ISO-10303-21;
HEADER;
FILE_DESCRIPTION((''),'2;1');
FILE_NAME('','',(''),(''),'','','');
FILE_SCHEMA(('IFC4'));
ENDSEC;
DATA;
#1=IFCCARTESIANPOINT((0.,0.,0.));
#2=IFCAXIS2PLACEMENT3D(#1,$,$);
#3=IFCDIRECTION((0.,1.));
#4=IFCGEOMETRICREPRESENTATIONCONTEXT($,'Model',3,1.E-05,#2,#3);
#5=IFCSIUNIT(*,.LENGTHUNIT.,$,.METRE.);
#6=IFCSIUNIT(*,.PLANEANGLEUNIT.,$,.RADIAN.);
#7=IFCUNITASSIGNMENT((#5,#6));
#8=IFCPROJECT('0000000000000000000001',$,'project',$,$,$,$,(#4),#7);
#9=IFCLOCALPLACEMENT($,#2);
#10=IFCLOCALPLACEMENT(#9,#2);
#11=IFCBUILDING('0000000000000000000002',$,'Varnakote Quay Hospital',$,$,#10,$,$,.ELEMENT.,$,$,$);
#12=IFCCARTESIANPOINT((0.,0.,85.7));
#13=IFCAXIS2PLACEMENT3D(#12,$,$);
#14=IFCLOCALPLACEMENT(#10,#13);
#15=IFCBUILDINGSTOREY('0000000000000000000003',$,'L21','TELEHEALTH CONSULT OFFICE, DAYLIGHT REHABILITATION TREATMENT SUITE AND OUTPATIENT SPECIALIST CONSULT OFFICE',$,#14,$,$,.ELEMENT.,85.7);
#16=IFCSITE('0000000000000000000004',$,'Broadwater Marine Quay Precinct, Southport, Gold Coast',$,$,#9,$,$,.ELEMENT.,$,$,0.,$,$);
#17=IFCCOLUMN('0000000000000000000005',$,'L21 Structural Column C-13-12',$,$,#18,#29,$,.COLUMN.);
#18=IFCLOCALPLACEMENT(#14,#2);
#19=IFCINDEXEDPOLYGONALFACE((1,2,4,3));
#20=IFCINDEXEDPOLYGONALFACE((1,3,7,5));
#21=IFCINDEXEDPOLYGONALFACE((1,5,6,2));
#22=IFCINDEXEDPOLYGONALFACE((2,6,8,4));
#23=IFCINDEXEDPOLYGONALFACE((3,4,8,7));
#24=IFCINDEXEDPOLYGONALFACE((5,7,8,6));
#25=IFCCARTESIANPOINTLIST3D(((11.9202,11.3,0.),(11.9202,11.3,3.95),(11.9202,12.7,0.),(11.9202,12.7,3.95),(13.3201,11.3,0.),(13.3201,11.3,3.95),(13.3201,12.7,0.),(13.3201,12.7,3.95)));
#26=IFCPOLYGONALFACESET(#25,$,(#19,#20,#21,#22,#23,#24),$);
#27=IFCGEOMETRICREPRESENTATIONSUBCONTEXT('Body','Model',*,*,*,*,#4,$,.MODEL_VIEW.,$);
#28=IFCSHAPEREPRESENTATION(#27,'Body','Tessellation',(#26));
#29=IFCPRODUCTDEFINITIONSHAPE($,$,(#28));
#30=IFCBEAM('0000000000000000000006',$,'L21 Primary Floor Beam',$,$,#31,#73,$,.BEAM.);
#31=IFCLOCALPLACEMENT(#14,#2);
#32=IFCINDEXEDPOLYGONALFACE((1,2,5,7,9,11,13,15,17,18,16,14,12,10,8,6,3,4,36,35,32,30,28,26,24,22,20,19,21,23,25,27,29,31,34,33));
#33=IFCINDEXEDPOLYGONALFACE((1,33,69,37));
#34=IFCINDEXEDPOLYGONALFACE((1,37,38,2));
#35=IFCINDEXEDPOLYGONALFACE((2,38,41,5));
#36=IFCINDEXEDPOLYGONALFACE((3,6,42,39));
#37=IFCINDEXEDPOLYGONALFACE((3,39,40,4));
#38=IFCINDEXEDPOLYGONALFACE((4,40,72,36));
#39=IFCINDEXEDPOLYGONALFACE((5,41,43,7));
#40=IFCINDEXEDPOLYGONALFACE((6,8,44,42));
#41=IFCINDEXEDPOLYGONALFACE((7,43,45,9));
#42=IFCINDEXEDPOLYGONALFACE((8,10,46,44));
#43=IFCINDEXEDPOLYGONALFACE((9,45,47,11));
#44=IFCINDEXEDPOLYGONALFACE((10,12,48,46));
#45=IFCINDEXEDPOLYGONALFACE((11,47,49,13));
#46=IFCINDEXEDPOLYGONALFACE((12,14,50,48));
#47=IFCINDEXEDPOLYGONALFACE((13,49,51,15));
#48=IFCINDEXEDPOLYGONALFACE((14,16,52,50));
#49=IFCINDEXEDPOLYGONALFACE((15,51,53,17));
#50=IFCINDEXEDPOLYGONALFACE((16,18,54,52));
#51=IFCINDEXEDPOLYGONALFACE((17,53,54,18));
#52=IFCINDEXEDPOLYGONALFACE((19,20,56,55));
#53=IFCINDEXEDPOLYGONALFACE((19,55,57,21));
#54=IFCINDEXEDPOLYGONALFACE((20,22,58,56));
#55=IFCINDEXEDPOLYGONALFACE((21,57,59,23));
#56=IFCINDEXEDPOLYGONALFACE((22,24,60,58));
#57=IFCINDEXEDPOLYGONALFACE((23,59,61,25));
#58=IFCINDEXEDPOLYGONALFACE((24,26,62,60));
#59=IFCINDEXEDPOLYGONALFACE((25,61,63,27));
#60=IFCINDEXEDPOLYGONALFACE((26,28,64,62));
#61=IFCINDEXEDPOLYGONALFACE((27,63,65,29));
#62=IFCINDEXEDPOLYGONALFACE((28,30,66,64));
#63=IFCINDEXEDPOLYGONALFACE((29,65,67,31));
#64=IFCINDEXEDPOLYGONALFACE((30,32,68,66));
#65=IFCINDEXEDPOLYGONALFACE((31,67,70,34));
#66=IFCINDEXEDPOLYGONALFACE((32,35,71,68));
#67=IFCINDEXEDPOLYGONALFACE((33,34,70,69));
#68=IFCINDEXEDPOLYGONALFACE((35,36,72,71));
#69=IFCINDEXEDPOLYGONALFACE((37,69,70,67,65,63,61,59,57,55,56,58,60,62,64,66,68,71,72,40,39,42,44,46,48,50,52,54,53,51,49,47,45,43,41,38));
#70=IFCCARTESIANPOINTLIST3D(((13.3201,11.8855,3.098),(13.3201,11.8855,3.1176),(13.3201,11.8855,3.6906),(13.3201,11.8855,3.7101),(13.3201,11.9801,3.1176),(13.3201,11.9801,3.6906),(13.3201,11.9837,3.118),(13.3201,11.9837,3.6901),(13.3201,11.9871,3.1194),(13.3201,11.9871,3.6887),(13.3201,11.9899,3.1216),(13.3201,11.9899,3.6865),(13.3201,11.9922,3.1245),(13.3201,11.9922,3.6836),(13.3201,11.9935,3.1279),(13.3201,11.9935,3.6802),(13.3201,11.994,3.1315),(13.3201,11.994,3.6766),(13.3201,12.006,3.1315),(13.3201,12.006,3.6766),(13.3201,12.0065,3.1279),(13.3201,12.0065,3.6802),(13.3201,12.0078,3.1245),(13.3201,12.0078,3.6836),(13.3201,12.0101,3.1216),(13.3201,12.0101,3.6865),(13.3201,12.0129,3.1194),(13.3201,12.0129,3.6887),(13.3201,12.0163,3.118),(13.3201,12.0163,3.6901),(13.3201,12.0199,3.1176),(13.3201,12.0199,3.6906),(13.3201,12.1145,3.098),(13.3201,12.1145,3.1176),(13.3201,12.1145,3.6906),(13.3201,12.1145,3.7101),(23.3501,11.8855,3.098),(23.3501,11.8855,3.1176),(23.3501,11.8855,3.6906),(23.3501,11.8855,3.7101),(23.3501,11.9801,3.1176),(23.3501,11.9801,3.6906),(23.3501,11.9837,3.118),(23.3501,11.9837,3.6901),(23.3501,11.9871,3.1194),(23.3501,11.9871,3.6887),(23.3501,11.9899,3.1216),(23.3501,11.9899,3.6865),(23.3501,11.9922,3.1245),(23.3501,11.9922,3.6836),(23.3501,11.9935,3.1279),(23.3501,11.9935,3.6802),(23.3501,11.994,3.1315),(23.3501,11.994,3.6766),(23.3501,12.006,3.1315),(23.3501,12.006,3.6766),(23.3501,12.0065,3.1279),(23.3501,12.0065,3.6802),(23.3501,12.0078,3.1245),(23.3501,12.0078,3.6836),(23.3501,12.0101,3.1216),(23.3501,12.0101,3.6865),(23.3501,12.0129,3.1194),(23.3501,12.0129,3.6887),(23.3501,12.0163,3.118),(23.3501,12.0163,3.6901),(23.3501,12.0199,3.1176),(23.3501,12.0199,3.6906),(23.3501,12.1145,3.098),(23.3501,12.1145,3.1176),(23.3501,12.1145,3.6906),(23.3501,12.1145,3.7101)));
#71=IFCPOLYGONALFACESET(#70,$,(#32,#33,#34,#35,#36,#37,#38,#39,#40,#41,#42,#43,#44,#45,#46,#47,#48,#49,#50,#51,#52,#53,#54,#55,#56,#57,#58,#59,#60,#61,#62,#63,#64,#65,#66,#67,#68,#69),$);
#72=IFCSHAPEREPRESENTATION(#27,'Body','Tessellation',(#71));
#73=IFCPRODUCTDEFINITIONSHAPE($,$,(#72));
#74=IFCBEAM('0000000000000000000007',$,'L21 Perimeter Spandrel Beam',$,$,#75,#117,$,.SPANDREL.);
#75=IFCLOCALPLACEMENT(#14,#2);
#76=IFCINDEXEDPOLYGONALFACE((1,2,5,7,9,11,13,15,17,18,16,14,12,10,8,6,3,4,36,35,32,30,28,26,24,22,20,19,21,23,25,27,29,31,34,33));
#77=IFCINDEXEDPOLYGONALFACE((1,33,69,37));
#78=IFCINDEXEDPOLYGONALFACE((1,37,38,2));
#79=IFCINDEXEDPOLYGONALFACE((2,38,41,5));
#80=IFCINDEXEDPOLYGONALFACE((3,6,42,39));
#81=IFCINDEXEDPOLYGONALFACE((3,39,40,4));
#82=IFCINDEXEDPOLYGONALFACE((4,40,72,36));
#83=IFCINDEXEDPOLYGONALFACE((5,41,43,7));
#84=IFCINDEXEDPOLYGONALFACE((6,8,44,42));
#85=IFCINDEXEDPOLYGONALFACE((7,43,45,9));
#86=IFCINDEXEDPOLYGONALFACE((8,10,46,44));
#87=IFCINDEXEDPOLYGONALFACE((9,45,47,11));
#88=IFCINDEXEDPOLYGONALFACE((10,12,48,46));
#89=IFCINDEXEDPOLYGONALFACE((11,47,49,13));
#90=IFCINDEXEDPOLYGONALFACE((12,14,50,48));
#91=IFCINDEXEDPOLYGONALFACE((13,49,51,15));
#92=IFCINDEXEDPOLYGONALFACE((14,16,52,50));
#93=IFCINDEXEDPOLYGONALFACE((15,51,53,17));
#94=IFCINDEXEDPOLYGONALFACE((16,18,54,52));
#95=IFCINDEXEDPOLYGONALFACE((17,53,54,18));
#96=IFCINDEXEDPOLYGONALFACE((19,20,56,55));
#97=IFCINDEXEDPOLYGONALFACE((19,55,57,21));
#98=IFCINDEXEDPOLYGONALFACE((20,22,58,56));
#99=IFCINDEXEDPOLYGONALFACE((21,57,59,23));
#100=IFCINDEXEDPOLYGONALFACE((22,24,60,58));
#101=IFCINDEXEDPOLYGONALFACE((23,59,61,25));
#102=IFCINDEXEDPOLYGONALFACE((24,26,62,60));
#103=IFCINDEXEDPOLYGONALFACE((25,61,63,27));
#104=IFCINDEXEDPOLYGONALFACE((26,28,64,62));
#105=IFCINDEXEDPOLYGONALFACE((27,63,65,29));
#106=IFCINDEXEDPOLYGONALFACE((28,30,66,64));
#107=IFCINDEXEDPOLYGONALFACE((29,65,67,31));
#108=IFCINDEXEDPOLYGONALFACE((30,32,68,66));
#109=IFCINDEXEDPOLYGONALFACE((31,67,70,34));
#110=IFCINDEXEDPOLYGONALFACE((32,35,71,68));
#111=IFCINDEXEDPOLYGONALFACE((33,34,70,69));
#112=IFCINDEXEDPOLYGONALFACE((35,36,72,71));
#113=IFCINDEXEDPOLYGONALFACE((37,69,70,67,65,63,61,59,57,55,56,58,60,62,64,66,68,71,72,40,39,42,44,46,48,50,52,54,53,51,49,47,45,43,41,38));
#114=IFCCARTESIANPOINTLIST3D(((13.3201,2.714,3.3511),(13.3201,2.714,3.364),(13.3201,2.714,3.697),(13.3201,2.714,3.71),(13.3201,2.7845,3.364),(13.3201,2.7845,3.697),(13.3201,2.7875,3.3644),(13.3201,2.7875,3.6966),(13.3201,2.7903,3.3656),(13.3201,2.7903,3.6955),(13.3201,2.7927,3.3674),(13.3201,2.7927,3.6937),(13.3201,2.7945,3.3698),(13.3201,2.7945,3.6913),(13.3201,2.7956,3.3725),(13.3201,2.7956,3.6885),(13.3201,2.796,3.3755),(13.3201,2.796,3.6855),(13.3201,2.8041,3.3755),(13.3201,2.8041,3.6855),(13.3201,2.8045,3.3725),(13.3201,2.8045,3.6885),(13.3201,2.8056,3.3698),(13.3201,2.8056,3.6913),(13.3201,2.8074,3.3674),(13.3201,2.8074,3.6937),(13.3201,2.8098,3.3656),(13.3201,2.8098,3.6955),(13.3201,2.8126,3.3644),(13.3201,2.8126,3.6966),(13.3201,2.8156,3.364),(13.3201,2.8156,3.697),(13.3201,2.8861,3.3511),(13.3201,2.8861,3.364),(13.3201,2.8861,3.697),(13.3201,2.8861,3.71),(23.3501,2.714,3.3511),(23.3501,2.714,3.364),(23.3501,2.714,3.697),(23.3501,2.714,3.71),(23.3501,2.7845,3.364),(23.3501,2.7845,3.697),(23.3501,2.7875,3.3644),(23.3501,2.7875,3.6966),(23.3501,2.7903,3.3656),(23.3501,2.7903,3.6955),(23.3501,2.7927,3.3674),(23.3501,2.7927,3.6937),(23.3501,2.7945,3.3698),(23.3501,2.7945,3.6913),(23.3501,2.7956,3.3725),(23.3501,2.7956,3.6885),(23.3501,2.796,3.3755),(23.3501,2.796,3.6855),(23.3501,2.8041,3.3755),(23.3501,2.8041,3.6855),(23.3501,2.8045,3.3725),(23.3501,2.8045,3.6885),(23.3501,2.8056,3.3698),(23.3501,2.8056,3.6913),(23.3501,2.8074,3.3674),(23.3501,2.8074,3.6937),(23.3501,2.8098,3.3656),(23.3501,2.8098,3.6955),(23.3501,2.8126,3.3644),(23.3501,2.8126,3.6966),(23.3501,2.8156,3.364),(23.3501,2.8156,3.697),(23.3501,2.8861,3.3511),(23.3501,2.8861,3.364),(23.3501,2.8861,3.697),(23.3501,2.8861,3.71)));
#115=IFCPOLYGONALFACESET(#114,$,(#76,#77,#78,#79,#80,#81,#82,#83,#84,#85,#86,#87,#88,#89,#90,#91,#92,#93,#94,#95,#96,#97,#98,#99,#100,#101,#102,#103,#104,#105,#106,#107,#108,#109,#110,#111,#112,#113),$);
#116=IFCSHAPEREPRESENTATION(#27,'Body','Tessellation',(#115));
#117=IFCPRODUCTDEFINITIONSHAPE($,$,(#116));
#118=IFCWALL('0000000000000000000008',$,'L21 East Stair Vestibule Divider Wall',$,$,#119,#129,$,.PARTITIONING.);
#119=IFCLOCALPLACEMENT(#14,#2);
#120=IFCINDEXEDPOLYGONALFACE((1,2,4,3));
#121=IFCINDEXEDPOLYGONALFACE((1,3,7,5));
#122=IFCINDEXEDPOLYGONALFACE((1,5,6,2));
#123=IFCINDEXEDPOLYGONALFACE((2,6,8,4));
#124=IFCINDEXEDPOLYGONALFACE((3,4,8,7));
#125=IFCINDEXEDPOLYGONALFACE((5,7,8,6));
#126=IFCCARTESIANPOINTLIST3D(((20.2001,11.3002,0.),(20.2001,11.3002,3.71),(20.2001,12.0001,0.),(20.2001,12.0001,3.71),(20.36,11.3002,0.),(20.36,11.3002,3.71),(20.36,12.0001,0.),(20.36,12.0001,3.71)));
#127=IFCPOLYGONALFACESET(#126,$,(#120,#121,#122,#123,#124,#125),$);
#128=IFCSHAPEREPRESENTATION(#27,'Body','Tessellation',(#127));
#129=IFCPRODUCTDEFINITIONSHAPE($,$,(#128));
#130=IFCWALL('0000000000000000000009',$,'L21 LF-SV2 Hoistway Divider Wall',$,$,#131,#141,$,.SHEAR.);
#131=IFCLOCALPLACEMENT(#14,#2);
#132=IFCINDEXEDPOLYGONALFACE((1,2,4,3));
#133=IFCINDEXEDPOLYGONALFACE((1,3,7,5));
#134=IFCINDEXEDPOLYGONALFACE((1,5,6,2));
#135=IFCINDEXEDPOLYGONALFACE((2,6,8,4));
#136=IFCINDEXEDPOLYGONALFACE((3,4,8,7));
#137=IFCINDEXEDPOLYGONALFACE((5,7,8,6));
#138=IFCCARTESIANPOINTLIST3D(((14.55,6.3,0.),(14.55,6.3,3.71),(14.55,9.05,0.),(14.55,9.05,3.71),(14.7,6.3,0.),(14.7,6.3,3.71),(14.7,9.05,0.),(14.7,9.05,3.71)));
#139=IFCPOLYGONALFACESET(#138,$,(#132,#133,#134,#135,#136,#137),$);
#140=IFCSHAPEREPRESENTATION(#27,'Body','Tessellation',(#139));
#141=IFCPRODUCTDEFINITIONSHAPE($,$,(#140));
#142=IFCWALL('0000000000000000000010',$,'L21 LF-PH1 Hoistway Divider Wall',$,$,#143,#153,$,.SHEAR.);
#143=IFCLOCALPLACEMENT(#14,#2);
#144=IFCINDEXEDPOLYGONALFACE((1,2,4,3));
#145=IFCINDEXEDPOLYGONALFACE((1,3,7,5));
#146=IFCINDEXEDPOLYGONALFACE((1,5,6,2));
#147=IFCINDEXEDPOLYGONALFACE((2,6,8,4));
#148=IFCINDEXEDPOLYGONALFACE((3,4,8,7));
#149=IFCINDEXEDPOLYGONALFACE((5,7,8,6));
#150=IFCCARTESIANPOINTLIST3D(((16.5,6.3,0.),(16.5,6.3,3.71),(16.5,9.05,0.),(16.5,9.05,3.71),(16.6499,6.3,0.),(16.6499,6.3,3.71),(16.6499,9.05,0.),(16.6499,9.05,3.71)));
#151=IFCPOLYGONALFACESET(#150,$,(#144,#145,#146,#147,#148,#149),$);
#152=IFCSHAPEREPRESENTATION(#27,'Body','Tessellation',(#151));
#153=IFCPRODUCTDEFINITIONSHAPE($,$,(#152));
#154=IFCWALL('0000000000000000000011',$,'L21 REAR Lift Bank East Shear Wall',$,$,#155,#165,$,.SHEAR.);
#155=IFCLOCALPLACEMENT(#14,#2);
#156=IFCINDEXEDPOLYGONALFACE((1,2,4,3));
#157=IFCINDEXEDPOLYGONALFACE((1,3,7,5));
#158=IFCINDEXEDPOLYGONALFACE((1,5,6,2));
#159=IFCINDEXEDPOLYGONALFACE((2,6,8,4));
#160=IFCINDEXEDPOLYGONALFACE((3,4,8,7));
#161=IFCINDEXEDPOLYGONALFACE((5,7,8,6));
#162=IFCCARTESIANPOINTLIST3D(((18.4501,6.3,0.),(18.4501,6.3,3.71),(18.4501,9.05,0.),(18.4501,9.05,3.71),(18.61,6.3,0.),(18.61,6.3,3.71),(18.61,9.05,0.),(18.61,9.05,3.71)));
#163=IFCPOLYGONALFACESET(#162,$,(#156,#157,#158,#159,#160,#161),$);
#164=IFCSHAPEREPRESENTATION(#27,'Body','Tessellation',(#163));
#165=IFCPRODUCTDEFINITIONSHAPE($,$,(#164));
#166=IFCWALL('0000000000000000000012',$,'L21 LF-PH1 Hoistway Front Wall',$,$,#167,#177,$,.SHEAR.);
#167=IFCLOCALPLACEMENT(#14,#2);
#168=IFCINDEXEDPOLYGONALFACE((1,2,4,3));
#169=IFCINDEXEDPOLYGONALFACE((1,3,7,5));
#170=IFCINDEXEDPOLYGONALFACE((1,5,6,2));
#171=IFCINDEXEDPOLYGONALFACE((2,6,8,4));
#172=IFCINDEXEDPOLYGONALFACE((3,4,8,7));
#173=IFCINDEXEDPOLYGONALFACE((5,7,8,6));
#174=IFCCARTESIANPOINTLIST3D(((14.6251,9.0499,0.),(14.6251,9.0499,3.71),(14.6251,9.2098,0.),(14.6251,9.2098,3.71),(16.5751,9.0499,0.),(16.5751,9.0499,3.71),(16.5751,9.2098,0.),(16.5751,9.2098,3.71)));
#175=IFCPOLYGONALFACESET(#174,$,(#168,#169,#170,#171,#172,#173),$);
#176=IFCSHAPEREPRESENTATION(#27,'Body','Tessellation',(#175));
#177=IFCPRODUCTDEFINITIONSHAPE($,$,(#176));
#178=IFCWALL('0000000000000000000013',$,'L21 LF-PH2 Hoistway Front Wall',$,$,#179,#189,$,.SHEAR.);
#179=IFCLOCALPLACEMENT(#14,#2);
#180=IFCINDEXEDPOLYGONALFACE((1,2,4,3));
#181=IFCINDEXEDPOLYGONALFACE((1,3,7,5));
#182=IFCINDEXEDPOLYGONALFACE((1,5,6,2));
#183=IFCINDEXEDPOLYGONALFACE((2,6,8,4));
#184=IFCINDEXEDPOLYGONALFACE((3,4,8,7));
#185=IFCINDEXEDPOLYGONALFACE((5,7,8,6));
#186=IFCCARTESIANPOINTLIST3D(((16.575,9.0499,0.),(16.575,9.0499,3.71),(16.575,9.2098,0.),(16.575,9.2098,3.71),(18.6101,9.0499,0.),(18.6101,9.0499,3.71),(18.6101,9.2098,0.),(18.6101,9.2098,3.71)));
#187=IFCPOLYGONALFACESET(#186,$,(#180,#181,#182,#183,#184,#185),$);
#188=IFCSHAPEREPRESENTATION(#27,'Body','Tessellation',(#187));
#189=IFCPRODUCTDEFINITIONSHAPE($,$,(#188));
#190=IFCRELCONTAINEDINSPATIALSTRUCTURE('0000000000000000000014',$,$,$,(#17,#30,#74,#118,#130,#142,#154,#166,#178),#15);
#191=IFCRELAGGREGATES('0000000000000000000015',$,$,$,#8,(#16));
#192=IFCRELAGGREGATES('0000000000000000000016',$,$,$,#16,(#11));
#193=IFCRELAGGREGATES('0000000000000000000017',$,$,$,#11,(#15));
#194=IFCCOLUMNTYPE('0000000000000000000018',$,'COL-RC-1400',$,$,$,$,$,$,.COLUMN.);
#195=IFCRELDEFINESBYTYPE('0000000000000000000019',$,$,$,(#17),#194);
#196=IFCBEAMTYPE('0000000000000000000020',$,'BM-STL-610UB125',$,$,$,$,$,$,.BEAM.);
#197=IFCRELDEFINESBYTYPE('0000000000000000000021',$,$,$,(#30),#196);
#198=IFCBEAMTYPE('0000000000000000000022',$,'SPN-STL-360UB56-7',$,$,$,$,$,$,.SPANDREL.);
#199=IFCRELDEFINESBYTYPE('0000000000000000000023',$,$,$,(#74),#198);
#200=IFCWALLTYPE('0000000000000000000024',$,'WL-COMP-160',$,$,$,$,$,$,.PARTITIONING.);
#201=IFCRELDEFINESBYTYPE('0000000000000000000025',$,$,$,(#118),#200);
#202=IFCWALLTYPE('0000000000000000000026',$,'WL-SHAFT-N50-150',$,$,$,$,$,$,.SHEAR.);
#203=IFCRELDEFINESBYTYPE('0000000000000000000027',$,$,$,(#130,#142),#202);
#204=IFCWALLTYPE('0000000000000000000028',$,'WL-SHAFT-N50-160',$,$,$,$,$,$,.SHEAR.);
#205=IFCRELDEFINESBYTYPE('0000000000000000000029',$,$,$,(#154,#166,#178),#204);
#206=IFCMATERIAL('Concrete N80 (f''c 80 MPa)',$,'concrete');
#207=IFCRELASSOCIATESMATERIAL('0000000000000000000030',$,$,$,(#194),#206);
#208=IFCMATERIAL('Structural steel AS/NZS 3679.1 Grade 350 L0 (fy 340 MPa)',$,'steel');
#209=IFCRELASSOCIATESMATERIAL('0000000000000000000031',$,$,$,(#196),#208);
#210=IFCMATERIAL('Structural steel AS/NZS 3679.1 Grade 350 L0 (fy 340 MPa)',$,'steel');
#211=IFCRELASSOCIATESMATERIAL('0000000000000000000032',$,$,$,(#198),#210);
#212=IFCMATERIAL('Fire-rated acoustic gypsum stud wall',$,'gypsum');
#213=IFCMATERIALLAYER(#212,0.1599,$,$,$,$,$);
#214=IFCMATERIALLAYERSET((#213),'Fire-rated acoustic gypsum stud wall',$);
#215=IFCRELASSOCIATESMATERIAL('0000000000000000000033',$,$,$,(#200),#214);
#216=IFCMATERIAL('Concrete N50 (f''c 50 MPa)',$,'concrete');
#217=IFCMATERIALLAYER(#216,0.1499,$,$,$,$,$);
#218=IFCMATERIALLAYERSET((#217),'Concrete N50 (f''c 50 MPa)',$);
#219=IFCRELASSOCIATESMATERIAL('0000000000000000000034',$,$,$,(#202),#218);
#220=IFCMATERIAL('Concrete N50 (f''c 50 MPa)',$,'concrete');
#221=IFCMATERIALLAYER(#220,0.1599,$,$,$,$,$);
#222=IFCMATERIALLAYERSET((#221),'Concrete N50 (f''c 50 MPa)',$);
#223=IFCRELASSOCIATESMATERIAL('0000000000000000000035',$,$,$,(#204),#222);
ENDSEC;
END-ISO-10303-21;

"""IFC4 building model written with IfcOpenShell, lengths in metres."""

from ifc_helpers import new_model, si_unit, direction, frame, frame_2d, origin, origin_2d, place, context, subcontext, project, spatial, rectangle, i_section, extrude, material, layer, layer_set, material_profile, profile_set, type_object, element, save


model = new_model("IFC4")

# Units and contexts
model_context = context("Model", 3, precision=1e-05, world=origin(), true_north=direction((0.0, 1.0)))
body_context = subcontext(model_context, "Body", "Model", "MODEL_VIEW")
ifc_project = project(units=[si_unit("LENGTHUNIT", "METRE"), si_unit("PLANEANGLEUNIT", "RADIAN")], contexts=[model_context])

# Site, building, storey
site_placement = place(None, origin())
site = spatial("IfcSite", under=ifc_project, at=site_placement, Name="Broadwater Marine Quay Precinct, Southport, Gold Coast", CompositionType="ELEMENT", RefElevation=0.0)
building_placement = place(site_placement, origin())
building = spatial("IfcBuilding", under=site, at=building_placement, Name="Varnakote Quay Hospital", CompositionType="ELEMENT")
storey_placement = place(building_placement, frame((0.0, 0.0, 85.7)))
storey = spatial("IfcBuildingStorey", under=building, at=storey_placement, Name="L21", Description="TELEHEALTH CONSULT OFFICE, DAYLIGHT REHABILITATION TREATMENT SUITE AND OUTPATIENT SPECIALIST CONSULT OFFICE", CompositionType="ELEMENT", Elevation=85.7)

# Column
ifc_material_1 = material(Name="Concrete N80 (f'c 80 MPa)", Category="concrete")
ifc_material_profile_1 = material_profile(ifc_material_1, rectangle(XDim=1.3999, YDim=1.3999, at=origin_2d()), Name="RC-COL-1400x1400")
ifc_profile_set_1 = profile_set([ifc_material_profile_1], Name="Concrete N80 (f'c 80 MPa)")
column_type = type_object("IfcColumnType", Name="COL-RC-1400", PredefinedType="COLUMN", material=ifc_profile_set_1)
column_placement = place(storey_placement, frame((12.6201, 12.0, 0.0), z_axis=(0.0, 0.0, 1.0), x_axis=(1.0, 0.0, 0.0)))
element("IfcColumn", 1, at=column_placement, inside=storey, type_object=column_type, Name="L21 Structural Column C-13-12", PredefinedType="COLUMN", context=body_context, shape_type="SweptSolid", body=[
    extrude(rectangle(XDim=1.3999, YDim=1.3999, at=origin_2d()), origin(), (0.0, 0.0, 1.0), 3.95),
])

# Beams
ifc_material_2 = material(Name="Structural steel AS/NZS 3679.1 Grade 350 L0 (fy 340 MPa)", Category="steel")
ifc_material_profile_2 = material_profile(ifc_material_2, i_section(OverallWidth=0.229, OverallDepth=0.6121, WebThickness=0.012, FlangeThickness=0.0195, FilletRadius=0.0139, at=origin_2d()), Name="610UB125")
ifc_profile_set_2 = profile_set([ifc_material_profile_2], Name="Structural steel AS/NZS 3679.1 Grade 350 L0 (fy 340 MPa)")
beam_type_1 = type_object("IfcBeamType", Name="BM-STL-610UB125", PredefinedType="BEAM", material=ifc_profile_set_2)
beam_1_placement = place(storey_placement, frame((13.3201, 12.0, 3.4041), z_axis=(1.0, 0.0, 0.0), x_axis=(0.0, 1.0, 0.0)))
element("IfcBeam", 2, at=beam_1_placement, inside=storey, type_object=beam_type_1, Name="L21 Primary Floor Beam", PredefinedType="BEAM", context=body_context, shape_type="SweptSolid", body=[
    extrude(i_section(OverallWidth=0.229, OverallDepth=0.6121, WebThickness=0.012, FlangeThickness=0.0195, FilletRadius=0.0139, at=origin_2d()), origin(), (0.0, 0.0, 1.0), 10.03),
])
ifc_material_3 = material(Name="Structural steel AS/NZS 3679.1 Grade 350 L0 (fy 340 MPa)", Category="steel")
ifc_material_profile_3 = material_profile(ifc_material_3, i_section(OverallWidth=0.1721, OverallDepth=0.3589, WebThickness=0.0081, FlangeThickness=0.0129, FilletRadius=0.0115, at=origin_2d()), Name="360UB56.7")
ifc_profile_set_3 = profile_set([ifc_material_profile_3], Name="Structural steel AS/NZS 3679.1 Grade 350 L0 (fy 340 MPa)")
beam_type_2 = type_object("IfcBeamType", Name="SPN-STL-360UB56-7", PredefinedType="SPANDREL", material=ifc_profile_set_3)
beam_2_placement = place(storey_placement, frame((13.3201, 2.8, 3.5305), z_axis=(1.0, 0.0, 0.0), x_axis=(0.0, 1.0, 0.0)))
element("IfcBeam", 3, at=beam_2_placement, inside=storey, type_object=beam_type_2, Name="L21 Perimeter Spandrel Beam", PredefinedType="SPANDREL", context=body_context, shape_type="SweptSolid", body=[
    extrude(i_section(OverallWidth=0.1721, OverallDepth=0.3589, WebThickness=0.0081, FlangeThickness=0.0129, FilletRadius=0.0115, at=origin_2d()), origin(), (0.0, 0.0, 1.0), 10.03),
])

# Walls
ifc_material_4 = material(Name="Fire-rated acoustic gypsum stud wall", Category="gypsum")
ifc_layer_1 = layer(ifc_material_4, 0.1599)
ifc_layer_set_1 = layer_set([ifc_layer_1], Name="Fire-rated acoustic gypsum stud wall")
wall_type_1 = type_object("IfcWallType", Name="WL-COMP-160", PredefinedType="PARTITIONING", material=ifc_layer_set_1)
wall_1_placement = place(storey_placement, frame((20.28, 11.3, 0.0), z_axis=(0.0, 0.0, 1.0), x_axis=(0.0, 1.0, 0.0)))
element("IfcWall", 4, at=wall_1_placement, inside=storey, type_object=wall_type_1, Name="L21 East Stair Vestibule Divider Wall", PredefinedType="PARTITIONING", context=body_context, shape_type="SweptSolid", body=[
    extrude(rectangle(XDim=0.7, YDim=0.1599, at=frame_2d((0.3501, 0.0))), origin(), (0.0, 0.0, 1.0), 3.71),
])
ifc_material_5 = material(Name="Concrete N50 (f'c 50 MPa)", Category="concrete")
ifc_layer_2 = layer(ifc_material_5, 0.1499)
ifc_layer_set_2 = layer_set([ifc_layer_2], Name="Concrete N50 (f'c 50 MPa)")
wall_type_2 = type_object("IfcWallType", Name="WL-SHAFT-N50-150", PredefinedType="SHEAR", material=ifc_layer_set_2)
for number, where, z_axis, x_axis, name in (
    (5, (14.625, 6.3, 0.0), (0.0, 0.0, 1.0), (0.0, 1.0, 0.0), "L21 LF-SV2 Hoistway Divider Wall"),
    (6, (16.575, 6.3, 0.0), (0.0, 0.0, 1.0), (0.0, 1.0, 0.0), "L21 LF-PH1 Hoistway Divider Wall"),
):
    element("IfcWall", number, at=place(storey_placement, frame(where, z_axis=z_axis, x_axis=x_axis)), inside=storey, type_object=wall_type_2, Name=name, PredefinedType="SHEAR", context=body_context, shape_type="SweptSolid", body=[
        extrude(rectangle(XDim=2.75, YDim=0.1499, at=frame_2d((1.375, 0.0))), origin(), (0.0, 0.0, 1.0), 3.71),
    ])
ifc_material_6 = material(Name="Concrete N50 (f'c 50 MPa)", Category="concrete")
ifc_layer_3 = layer(ifc_material_6, 0.1599)
ifc_layer_set_3 = layer_set([ifc_layer_3], Name="Concrete N50 (f'c 50 MPa)")
wall_type_3 = type_object("IfcWallType", Name="WL-SHAFT-N50-160", PredefinedType="SHEAR", material=ifc_layer_set_3)
wall_2_placement = place(storey_placement, frame((18.53, 6.3, 0.0), z_axis=(0.0, 0.0, 1.0), x_axis=(0.0, 1.0, 0.0)))
element("IfcWall", 7, at=wall_2_placement, inside=storey, type_object=wall_type_3, Name="L21 REAR Lift Bank East Shear Wall", PredefinedType="SHEAR", context=body_context, shape_type="SweptSolid", body=[
    extrude(rectangle(XDim=2.75, YDim=0.1599, at=frame_2d((1.375, 0.0))), origin(), (0.0, 0.0, 1.0), 3.71),
])
wall_3_placement = place(storey_placement, frame((14.625, 9.1299, 0.0), z_axis=(0.0, 0.0, 1.0), x_axis=(1.0, 0.0, 0.0)))
element("IfcWall", 8, at=wall_3_placement, inside=storey, type_object=wall_type_3, Name="L21 LF-PH1 Hoistway Front Wall", PredefinedType="SHEAR", context=body_context, shape_type="SweptSolid", body=[
    extrude(rectangle(XDim=1.95, YDim=0.1599, at=frame_2d((0.9751, 0.0))), origin(), (0.0, 0.0, 1.0), 3.71),
])
wall_4_placement = place(storey_placement, frame((16.575, 9.1299, 0.0), z_axis=(0.0, 0.0, 1.0), x_axis=(1.0, 0.0, 0.0)))
element("IfcWall", 9, at=wall_4_placement, inside=storey, type_object=wall_type_3, Name="L21 LF-PH2 Hoistway Front Wall", PredefinedType="SHEAR", context=body_context, shape_type="SweptSolid", body=[
    extrude(rectangle(XDim=2.0352, YDim=0.1599, at=frame_2d((1.0176, 0.0))), origin(), (0.0, 0.0, 1.0), 3.71),
])

save(model, "model.ifc")
